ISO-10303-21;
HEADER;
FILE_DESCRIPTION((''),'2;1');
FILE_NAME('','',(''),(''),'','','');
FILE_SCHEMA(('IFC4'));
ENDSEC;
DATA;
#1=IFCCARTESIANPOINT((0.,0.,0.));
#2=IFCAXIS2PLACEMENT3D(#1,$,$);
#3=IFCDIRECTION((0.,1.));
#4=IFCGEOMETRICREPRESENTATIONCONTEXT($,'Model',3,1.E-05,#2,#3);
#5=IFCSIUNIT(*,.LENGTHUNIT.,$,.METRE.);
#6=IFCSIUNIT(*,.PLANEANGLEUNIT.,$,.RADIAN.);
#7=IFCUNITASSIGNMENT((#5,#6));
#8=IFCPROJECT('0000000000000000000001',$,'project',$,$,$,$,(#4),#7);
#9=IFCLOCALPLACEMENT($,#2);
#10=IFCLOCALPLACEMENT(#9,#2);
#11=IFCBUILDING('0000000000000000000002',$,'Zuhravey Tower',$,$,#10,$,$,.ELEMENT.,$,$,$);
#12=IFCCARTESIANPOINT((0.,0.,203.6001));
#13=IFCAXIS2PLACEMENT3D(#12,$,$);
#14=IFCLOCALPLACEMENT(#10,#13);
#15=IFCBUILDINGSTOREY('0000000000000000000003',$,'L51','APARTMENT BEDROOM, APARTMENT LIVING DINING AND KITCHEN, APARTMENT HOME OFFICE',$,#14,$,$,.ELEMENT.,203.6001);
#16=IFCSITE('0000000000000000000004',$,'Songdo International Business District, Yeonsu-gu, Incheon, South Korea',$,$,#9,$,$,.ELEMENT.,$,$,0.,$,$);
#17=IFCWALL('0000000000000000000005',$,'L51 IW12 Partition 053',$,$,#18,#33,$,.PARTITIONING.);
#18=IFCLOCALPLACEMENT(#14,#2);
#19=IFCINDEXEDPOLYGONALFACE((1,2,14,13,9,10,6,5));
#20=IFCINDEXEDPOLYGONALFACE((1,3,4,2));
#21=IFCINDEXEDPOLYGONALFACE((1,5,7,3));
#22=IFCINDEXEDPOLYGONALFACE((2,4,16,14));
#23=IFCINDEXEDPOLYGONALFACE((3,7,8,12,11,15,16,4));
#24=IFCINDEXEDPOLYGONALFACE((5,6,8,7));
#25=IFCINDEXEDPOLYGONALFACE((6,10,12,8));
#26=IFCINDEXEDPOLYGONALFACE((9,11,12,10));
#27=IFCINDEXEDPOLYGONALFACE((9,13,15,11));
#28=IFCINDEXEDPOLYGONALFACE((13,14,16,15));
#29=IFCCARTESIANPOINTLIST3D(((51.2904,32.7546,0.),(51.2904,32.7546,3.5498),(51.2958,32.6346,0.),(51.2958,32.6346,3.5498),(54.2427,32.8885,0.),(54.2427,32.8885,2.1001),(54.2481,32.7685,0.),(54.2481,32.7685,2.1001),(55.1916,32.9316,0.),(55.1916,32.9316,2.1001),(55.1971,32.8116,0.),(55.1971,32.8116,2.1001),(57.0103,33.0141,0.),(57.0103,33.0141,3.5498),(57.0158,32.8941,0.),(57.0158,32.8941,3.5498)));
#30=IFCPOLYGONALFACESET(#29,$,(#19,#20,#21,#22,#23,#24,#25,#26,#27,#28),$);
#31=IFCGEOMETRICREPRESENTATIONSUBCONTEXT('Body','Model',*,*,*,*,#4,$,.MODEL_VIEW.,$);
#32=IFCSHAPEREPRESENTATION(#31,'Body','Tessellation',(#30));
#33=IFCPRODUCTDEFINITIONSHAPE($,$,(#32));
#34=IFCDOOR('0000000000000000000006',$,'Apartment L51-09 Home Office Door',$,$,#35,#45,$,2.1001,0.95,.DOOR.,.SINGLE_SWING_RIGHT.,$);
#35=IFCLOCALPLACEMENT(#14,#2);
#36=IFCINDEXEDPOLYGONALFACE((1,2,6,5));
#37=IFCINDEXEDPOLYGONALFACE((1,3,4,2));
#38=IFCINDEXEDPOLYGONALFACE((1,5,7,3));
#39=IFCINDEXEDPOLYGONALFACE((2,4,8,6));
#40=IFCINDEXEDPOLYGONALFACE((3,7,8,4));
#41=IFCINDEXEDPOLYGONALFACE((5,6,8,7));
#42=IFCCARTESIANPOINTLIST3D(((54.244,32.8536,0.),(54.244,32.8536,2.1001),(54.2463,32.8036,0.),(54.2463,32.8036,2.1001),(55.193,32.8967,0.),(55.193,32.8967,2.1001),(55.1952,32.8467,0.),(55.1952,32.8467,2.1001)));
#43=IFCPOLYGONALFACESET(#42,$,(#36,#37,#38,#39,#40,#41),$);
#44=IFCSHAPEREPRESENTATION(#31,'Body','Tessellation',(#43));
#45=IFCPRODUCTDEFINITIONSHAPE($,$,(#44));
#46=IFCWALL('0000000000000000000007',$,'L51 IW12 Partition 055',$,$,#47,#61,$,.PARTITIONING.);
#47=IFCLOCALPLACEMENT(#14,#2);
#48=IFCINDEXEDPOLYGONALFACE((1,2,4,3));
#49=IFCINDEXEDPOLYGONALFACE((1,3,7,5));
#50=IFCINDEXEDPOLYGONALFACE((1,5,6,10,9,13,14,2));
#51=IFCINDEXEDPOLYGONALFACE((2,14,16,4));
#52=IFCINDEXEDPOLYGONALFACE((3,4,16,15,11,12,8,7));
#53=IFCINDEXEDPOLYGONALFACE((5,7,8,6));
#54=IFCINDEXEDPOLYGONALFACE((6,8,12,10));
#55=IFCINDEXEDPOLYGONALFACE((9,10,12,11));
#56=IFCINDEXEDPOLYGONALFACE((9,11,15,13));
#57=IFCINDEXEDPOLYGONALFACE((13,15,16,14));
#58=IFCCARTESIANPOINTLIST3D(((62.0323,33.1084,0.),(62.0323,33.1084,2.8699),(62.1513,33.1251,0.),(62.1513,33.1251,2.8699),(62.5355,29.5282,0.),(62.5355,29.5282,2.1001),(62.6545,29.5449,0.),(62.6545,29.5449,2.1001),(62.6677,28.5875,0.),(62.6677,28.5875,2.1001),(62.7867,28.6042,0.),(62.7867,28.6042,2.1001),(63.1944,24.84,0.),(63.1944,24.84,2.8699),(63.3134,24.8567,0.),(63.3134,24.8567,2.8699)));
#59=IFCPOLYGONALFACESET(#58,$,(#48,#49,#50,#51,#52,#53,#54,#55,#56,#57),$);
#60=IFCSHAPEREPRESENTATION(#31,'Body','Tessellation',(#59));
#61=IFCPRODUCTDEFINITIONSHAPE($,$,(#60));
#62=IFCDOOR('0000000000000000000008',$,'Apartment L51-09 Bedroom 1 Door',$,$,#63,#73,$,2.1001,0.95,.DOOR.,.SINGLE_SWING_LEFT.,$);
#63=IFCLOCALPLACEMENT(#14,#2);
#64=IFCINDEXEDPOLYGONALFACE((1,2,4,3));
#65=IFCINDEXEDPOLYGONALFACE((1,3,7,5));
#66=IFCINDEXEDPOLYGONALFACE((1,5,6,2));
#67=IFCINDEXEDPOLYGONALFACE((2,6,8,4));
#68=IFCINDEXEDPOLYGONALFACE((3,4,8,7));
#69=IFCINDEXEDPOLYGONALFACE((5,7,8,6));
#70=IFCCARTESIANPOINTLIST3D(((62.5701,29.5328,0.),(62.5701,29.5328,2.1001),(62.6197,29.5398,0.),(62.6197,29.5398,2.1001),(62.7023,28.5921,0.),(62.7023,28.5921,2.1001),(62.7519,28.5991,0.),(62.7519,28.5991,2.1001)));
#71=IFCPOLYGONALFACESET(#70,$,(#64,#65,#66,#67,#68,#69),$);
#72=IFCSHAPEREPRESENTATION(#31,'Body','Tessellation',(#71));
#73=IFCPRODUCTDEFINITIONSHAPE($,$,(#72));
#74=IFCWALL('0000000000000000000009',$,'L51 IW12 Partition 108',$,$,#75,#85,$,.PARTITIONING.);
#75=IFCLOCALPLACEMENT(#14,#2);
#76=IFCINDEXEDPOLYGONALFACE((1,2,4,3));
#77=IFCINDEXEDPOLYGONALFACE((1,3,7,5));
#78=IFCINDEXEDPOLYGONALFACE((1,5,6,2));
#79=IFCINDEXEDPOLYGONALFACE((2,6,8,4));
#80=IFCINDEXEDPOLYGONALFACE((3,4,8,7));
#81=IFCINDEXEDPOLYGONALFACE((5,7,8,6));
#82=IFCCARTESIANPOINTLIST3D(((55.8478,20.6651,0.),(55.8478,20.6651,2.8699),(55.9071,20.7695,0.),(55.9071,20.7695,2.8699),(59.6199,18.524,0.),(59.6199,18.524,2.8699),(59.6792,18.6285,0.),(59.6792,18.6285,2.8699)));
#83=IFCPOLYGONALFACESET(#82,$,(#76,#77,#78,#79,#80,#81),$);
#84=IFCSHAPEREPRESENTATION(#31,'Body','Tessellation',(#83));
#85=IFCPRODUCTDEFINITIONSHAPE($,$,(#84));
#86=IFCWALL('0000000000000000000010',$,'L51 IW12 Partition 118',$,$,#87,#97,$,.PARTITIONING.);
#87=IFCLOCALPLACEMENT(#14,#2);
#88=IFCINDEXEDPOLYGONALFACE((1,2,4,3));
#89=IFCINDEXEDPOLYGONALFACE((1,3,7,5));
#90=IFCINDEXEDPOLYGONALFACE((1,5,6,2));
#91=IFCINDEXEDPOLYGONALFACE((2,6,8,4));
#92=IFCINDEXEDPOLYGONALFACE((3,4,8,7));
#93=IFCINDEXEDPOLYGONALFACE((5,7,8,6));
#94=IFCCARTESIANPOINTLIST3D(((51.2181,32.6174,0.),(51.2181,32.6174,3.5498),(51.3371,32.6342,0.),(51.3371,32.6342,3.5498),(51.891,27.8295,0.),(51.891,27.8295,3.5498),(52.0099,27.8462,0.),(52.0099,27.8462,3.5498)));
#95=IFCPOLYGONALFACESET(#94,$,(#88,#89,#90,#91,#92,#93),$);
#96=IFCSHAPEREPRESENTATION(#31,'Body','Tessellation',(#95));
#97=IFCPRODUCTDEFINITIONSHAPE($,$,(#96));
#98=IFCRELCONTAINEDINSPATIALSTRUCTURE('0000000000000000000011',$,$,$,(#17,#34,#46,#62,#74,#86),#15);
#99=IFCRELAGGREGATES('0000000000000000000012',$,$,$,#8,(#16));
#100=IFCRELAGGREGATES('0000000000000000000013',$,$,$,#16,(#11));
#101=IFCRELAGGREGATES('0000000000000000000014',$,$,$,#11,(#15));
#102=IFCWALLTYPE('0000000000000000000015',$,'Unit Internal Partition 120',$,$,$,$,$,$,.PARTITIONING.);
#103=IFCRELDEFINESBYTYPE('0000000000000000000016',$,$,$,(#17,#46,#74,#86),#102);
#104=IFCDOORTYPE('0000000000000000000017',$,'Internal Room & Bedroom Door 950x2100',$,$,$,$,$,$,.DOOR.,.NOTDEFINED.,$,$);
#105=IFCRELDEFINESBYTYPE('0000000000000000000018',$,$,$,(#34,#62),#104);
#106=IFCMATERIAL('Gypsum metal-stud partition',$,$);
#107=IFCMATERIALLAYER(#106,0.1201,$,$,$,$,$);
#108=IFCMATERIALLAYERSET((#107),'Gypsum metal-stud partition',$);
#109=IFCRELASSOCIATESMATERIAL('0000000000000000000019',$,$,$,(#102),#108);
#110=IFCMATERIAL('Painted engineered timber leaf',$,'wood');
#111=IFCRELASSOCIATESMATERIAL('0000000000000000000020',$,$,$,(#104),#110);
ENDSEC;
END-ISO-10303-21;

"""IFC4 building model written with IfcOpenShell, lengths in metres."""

from ifc_helpers import new_model, si_unit, direction, frame, frame_2d, origin, place, context, subcontext, project, spatial, rectangle, extrude, material, layer, layer_set, type_object, element, fill, save


model = new_model("IFC4")

# Units and contexts
model_context = context("Model", 3, precision=1e-05, world=origin(), true_north=direction((0.0, 1.0)))
body_context = subcontext(model_context, "Body", "Model", "MODEL_VIEW")
ifc_project = project(units=[si_unit("LENGTHUNIT", "METRE"), si_unit("PLANEANGLEUNIT", "RADIAN")], contexts=[model_context])

# Site, building, storey
site_placement = place(None, origin())
site = spatial("IfcSite", under=ifc_project, at=site_placement, Name="Songdo International Business District, Yeonsu-gu, Incheon, South Korea", CompositionType="ELEMENT", RefElevation=0.0)
building_placement = place(site_placement, origin())
building = spatial("IfcBuilding", under=site, at=building_placement, Name="Zuhravey Tower", CompositionType="ELEMENT")
storey_placement = place(building_placement, frame((0.0, 0.0, 203.6001)))
storey = spatial("IfcBuildingStorey", under=building, at=storey_placement, Name="L51", Description="APARTMENT BEDROOM, APARTMENT LIVING DINING AND KITCHEN, APARTMENT HOME OFFICE", CompositionType="ELEMENT", Elevation=203.6001)

# Shared definitions
ifc_material_1 = material(Name="Gypsum metal-stud partition")
ifc_layer_1 = layer(ifc_material_1, 0.1201)
ifc_layer_set_1 = layer_set([ifc_layer_1], Name="Gypsum metal-stud partition")
wall_type_1 = type_object("IfcWallType", Name="Unit Internal Partition 120", PredefinedType="PARTITIONING", material=ifc_layer_set_1)
ifc_material_2 = material(Name="Painted engineered timber leaf", Category="wood")
door_type = type_object("IfcDoorType", Name="Internal Room & Bedroom Door 950x2100", OperationType="NOTDEFINED", PredefinedType="DOOR", material=ifc_material_2)

# Walls, openings, doors
wall_1_placement = place(storey_placement, frame((51.2932, 32.6946, 0.0), z_axis=(0.0, 0.0, 1.0), x_axis=(0.998972, 0.045324, 0.0)))
wall_1 = element("IfcWall", 1, at=wall_1_placement, inside=storey, type_object=wall_type_1, Name="L51 IW12 Partition 053", PredefinedType="PARTITIONING", context=body_context, shape_type="SweptSolid", body=[
    extrude(rectangle(XDim=5.7258, YDim=0.1201, at=frame_2d((2.8628, 0.0))), origin(), (0.0, 0.0, 1.0), 3.5498),
])
opening_1_placement = place(wall_1_placement, frame((2.9551, 0.0, 0.0)))
opening_1 = element("IfcOpeningElement", 2, at=opening_1_placement, cuts=wall_1, PredefinedType="OPENING", context=body_context, shape_type="SweptSolid", body=[
    extrude(rectangle(XDim=0.95, YDim=2.1001, at=frame_2d((0.4751, 1.05))), frame((0.0, 0.072, 0.0), z_axis=(0.0, -1.0, 0.0), x_axis=(1.0, 0.0, 0.0)), (0.0, 0.0, 1.0), 0.144),
])
door_1_placement = place(opening_1_placement, frame((0.95, 0.0, 0.0), z_axis=(0.0, 0.0, 1.0), x_axis=(-1.0, 0.0, 0.0)))
door_1 = element("IfcDoor", 3, at=door_1_placement, inside=storey, type_object=door_type, Name="Apartment L51-09 Home Office Door", OperationType="SINGLE_SWING_RIGHT", OverallHeight=2.1001, OverallWidth=0.95, PredefinedType="DOOR", context=body_context, shape_type="SweptSolid", body=[
    extrude(rectangle(XDim=0.95, YDim=2.1001, at=frame_2d((0.4751, 1.05))), frame((0.0, 0.0249, 0.0), z_axis=(0.0, -1.0, 0.0), x_axis=(1.0, 0.0, 0.0)), (0.0, 0.0, 1.0), 0.05),
])
fill(opening_1, door_1)
wall_2_placement = place(storey_placement, frame((63.2539, 24.8484, 0.0), z_axis=(0.0, 0.0, 1.0), x_axis=(-0.139182, 0.990267, 0.0)))
wall_2 = element("IfcWall", 4, at=wall_2_placement, inside=storey, type_object=wall_type_1, Name="L51 IW12 Partition 055", PredefinedType="PARTITIONING", context=body_context, shape_type="SweptSolid", body=[
    extrude(rectangle(XDim=8.3496, YDim=0.1201, at=frame_2d((4.1748, 0.0))), origin(), (0.0, 0.0, 1.0), 2.8699),
])
opening_2_placement = place(wall_2_placement, frame((3.7842, 0.0, 0.0)))
opening_2 = element("IfcOpeningElement", 5, at=opening_2_placement, cuts=wall_2, PredefinedType="OPENING", context=body_context, shape_type="SweptSolid", body=[
    extrude(rectangle(XDim=0.95, YDim=2.1001, at=frame_2d((0.4751, 1.05))), frame((0.0, 0.072, 0.0), z_axis=(0.0, -1.0, 0.0), x_axis=(1.0, 0.0, 0.0)), (0.0, 0.0, 1.0), 0.144),
])
door_2_placement = place(opening_2_placement, frame((0.95, 0.0, 0.0), z_axis=(0.0, 0.0, 1.0), x_axis=(-1.0, 0.0, 0.0)))
door_2 = element("IfcDoor", 6, at=door_2_placement, inside=storey, type_object=door_type, Name="Apartment L51-09 Bedroom 1 Door", OperationType="SINGLE_SWING_LEFT", OverallHeight=2.1001, OverallWidth=0.95, PredefinedType="DOOR", context=body_context, shape_type="SweptSolid", body=[
    extrude(rectangle(XDim=0.95, YDim=2.1001, at=frame_2d((0.4751, 1.05))), frame((0.0, 0.0249, 0.0), z_axis=(0.0, -1.0, 0.0), x_axis=(1.0, 0.0, 0.0)), (0.0, 0.0, 1.0), 0.05),
])
fill(opening_2, door_2)

# Walls
wall_3_placement = place(storey_placement, frame((55.8774, 20.7173, 0.0), z_axis=(0.0, 0.0, 1.0), x_axis=(0.869674, -0.493627, 0.0)))
element("IfcWall", 7, at=wall_3_placement, inside=storey, type_object=wall_type_1, Name="L51 IW12 Partition 108", PredefinedType="PARTITIONING", context=body_context, shape_type="SweptSolid", body=[
    extrude(rectangle(XDim=4.3374, YDim=0.1201, at=frame_2d((2.1687, 0.0))), origin(), (0.0, 0.0, 1.0), 2.8699),
])
wall_4_placement = place(storey_placement, frame((51.9504, 27.8379, 0.0), z_axis=(0.0, 0.0, 1.0), x_axis=(-0.139166, 0.990269, 0.0)))
element("IfcWall", 8, at=wall_4_placement, inside=storey, type_object=wall_type_1, Name="L51 IW12 Partition 118", PredefinedType="PARTITIONING", context=body_context, shape_type="SweptSolid", body=[
    extrude(rectangle(XDim=4.835, YDim=0.1201, at=frame_2d((2.4175, 0.0))), origin(), (0.0, 0.0, 1.0), 3.5498),
])

save(model, "model.ifc")
